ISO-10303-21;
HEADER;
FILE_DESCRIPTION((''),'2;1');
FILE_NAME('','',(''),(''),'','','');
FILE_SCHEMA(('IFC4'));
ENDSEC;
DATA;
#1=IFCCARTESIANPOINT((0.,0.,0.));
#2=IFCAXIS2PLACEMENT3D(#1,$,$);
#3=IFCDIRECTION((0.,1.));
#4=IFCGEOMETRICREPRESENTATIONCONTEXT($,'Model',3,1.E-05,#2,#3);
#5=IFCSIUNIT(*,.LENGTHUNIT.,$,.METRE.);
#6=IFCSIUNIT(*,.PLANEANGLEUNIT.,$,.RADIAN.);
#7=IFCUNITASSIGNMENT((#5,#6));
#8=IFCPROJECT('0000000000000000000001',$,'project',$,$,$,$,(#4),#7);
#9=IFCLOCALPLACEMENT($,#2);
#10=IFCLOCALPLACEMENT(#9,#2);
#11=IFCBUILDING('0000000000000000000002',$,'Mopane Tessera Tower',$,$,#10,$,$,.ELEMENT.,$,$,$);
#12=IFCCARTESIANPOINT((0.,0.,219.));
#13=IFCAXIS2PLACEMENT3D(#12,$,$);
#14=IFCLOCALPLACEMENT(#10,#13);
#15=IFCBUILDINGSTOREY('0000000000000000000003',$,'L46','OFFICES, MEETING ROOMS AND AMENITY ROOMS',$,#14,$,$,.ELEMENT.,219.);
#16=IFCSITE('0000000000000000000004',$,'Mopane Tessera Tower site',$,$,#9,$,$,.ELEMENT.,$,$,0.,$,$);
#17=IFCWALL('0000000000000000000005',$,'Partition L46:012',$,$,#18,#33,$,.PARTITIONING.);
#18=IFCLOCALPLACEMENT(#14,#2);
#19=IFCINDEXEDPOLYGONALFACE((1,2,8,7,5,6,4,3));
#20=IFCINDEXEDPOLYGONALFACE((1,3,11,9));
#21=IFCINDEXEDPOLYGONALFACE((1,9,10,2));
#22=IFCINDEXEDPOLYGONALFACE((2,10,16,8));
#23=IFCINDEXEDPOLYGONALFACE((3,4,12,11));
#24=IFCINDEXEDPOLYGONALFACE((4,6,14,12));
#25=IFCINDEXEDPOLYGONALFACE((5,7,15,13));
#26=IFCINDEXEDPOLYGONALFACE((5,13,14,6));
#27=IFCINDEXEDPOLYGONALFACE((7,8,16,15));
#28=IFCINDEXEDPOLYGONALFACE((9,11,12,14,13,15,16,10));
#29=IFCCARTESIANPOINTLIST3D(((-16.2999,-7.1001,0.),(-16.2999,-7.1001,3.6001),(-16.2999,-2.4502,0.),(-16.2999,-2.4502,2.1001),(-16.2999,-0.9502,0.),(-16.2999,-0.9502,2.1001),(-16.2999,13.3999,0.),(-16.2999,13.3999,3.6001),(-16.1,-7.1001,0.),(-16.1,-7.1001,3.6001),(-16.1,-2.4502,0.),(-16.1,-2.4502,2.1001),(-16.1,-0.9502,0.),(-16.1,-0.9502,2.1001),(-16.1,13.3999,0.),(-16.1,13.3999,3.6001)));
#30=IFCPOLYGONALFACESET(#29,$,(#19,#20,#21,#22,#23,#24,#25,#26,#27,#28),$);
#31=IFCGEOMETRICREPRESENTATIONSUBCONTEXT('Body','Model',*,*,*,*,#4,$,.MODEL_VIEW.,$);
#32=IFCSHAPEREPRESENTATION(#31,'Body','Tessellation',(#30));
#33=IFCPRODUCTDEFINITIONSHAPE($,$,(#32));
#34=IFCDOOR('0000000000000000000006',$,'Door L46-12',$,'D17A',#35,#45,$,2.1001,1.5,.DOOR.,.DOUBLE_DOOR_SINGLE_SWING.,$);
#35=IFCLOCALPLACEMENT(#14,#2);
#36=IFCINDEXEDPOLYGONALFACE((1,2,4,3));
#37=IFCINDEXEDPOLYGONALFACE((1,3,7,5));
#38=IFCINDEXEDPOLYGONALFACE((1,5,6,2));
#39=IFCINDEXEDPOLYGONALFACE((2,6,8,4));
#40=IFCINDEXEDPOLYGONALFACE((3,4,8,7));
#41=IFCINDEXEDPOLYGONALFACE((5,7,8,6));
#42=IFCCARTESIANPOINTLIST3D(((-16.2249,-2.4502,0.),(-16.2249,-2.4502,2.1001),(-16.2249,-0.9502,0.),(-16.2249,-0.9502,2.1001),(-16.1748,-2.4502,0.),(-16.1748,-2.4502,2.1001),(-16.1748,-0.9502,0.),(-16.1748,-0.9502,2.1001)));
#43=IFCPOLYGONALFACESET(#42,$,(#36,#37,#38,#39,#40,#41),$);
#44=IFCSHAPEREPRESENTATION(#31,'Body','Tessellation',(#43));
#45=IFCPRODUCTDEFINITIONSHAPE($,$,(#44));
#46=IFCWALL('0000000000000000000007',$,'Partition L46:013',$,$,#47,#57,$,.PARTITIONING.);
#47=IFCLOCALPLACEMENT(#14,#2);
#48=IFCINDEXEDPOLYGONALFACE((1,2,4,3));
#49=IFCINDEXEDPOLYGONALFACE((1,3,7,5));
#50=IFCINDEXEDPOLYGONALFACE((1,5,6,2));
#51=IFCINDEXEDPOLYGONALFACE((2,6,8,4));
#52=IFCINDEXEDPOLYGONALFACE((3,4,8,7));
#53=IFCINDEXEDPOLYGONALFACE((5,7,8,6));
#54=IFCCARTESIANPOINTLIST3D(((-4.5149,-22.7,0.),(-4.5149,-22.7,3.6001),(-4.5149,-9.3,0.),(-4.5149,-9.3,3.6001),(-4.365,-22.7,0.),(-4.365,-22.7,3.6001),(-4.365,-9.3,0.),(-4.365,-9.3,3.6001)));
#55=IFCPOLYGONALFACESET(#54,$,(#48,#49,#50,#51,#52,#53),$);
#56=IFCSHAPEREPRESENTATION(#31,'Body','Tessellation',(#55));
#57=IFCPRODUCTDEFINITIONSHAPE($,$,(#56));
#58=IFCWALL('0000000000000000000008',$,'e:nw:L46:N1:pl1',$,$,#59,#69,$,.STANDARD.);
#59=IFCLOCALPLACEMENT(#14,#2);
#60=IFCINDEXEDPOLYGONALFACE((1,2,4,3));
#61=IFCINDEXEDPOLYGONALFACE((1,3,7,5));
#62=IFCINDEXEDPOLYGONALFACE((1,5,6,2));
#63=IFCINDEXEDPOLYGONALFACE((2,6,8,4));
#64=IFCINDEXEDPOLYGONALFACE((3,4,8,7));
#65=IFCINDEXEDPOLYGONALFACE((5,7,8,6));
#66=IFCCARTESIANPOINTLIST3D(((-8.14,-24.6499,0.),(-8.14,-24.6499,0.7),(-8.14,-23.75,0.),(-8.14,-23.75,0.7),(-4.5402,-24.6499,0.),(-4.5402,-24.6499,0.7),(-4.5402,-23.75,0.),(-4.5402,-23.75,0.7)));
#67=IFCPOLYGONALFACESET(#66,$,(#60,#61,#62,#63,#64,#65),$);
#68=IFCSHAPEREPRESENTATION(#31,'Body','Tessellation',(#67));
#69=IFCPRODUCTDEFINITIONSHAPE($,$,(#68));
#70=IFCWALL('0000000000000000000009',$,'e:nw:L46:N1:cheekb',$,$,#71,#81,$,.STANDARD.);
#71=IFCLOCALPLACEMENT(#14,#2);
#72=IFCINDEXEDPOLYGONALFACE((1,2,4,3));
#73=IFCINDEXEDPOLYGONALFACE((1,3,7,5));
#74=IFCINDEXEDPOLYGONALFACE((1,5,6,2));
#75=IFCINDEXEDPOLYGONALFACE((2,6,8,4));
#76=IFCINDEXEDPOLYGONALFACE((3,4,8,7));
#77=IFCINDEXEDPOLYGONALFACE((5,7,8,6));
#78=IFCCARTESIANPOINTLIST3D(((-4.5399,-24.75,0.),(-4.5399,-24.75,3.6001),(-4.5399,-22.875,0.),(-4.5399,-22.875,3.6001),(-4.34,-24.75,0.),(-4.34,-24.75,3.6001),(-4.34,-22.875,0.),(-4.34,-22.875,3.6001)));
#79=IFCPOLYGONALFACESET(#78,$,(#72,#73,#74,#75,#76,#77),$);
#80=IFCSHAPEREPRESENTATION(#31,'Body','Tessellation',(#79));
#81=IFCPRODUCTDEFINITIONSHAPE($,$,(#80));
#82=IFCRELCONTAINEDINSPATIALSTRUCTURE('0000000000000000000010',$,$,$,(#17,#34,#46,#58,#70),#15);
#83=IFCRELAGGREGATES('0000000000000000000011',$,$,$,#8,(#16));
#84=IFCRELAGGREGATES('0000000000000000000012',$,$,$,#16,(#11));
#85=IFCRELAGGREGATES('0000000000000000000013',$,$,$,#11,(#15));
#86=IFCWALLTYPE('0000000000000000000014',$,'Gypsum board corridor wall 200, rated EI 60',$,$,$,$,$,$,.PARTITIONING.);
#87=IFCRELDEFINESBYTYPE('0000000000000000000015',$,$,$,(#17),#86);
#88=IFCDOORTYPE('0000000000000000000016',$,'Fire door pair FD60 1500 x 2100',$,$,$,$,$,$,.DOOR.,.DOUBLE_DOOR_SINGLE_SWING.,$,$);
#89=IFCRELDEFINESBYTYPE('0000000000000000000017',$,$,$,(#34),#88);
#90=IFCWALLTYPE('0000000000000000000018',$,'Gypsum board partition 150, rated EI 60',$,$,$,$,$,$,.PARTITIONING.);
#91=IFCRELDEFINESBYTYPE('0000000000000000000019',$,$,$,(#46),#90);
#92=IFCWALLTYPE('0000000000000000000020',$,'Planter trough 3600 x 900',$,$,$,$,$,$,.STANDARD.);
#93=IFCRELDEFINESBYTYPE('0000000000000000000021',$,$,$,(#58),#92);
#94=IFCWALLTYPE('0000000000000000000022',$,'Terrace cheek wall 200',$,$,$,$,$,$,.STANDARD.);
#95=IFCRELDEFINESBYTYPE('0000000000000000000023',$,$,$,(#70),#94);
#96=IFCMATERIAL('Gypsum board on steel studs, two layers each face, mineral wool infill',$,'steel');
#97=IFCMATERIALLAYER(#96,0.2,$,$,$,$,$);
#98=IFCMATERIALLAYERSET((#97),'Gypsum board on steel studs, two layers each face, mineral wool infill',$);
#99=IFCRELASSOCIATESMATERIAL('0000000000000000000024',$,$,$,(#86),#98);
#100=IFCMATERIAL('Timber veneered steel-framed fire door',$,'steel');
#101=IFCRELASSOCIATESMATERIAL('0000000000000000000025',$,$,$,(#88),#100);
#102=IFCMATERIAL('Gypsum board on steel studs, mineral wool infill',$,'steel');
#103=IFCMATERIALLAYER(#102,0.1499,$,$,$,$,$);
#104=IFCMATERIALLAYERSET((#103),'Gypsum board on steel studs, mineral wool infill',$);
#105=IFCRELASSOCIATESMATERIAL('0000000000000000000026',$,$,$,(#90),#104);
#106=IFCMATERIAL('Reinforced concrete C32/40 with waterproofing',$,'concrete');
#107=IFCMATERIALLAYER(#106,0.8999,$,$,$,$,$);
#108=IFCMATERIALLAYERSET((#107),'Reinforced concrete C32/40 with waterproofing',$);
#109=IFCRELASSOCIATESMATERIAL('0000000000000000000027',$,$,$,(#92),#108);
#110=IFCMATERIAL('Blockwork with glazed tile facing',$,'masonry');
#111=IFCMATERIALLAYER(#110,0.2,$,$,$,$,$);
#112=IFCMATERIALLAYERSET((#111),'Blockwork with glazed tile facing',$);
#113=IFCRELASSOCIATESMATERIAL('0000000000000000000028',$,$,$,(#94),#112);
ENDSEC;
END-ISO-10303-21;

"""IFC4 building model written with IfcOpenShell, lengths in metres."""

from ifc_helpers import new_model, si_unit, direction, frame, frame_2d, origin, place, context, subcontext, project, spatial, rectangle, extrude, material, layer, layer_set, type_object, element, fill, save


model = new_model("IFC4")

# Units and contexts
model_context = context("Model", 3, precision=1e-05, world=origin(), true_north=direction((0.0, 1.0)))
body_context = subcontext(model_context, "Body", "Model", "MODEL_VIEW")
ifc_project = project(units=[si_unit("LENGTHUNIT", "METRE"), si_unit("PLANEANGLEUNIT", "RADIAN")], contexts=[model_context])

# Site, building, storey
site_placement = place(None, origin())
site = spatial("IfcSite", under=ifc_project, at=site_placement, Name="Mopane Tessera Tower site", CompositionType="ELEMENT", RefElevation=0.0)
building_placement = place(site_placement, origin())
building = spatial("IfcBuilding", under=site, at=building_placement, Name="Mopane Tessera Tower", CompositionType="ELEMENT")
storey_placement = place(building_placement, frame((0.0, 0.0, 219.0)))
storey = spatial("IfcBuildingStorey", under=building, at=storey_placement, Name="L46", Description="OFFICES, MEETING ROOMS AND AMENITY ROOMS", CompositionType="ELEMENT", Elevation=219.0)

# Wall, opening, door
ifc_material_1 = material(Name="Gypsum board on steel studs, two layers each face, mineral wool infill", Category="steel")
ifc_layer_1 = layer(ifc_material_1, 0.2)
ifc_layer_set_1 = layer_set([ifc_layer_1], Name="Gypsum board on steel studs, two layers each face, mineral wool infill")
wall_type_1 = type_object("IfcWallType", Name="Gypsum board corridor wall 200, rated EI 60", PredefinedType="PARTITIONING", material=ifc_layer_set_1)
wall_1_placement = place(storey_placement, frame((-16.2, -7.1001, 0.0), z_axis=(0.0, 0.0, 1.0), x_axis=(0.0, 1.0, 0.0)))
wall_1 = element("IfcWall", 1, at=wall_1_placement, inside=storey, type_object=wall_type_1, Name="Partition L46:012", PredefinedType="PARTITIONING", context=body_context, shape_type="SweptSolid", body=[
    extrude(rectangle(XDim=20.5, YDim=0.2, at=frame_2d((10.25, 0.0))), origin(), (0.0, 0.0, 1.0), 3.6001),
])
opening_1_placement = place(wall_1_placement, frame((4.6499, 0.0, 0.0)))
opening_1 = element("IfcOpeningElement", 2, at=opening_1_placement, cuts=wall_1, PredefinedType="OPENING", context=body_context, shape_type="SweptSolid", body=[
    extrude(rectangle(XDim=1.5, YDim=2.1001, at=frame_2d((0.75, 1.05))), frame((0.0, 0.1121, 0.0), z_axis=(0.0, -1.0, 0.0), x_axis=(1.0, 0.0, 0.0)), (0.0, 0.0, 1.0), 0.2239),
])
ifc_material_2 = material(Name="Timber veneered steel-framed fire door", Category="steel")
door_type_1 = type_object("IfcDoorType", Name="Fire door pair FD60 1500 x 2100", OperationType="DOUBLE_DOOR_SINGLE_SWING", PredefinedType="DOOR", material=ifc_material_2)
door_1_placement = place(opening_1_placement, origin())
door_1 = element("IfcDoor", 3, at=door_1_placement, inside=storey, type_object=door_type_1, Name="Door L46-12", ObjectType="D17A", OperationType="DOUBLE_DOOR_SINGLE_SWING", OverallHeight=2.1001, OverallWidth=1.5, PredefinedType="DOOR", context=body_context, shape_type="SweptSolid", body=[
    extrude(rectangle(XDim=1.5, YDim=2.1001, at=frame_2d((0.75, 1.05))), frame((0.0, 0.0249, 0.0), z_axis=(0.0, -1.0, 0.0), x_axis=(1.0, 0.0, 0.0)), (0.0, 0.0, 1.0), 0.05),
])
fill(opening_1, door_1)

# Walls
ifc_material_3 = material(Name="Gypsum board on steel studs, mineral wool infill", Category="steel")
ifc_layer_2 = layer(ifc_material_3, 0.1499)
ifc_layer_set_2 = layer_set([ifc_layer_2], Name="Gypsum board on steel studs, mineral wool infill")
wall_type_2 = type_object("IfcWallType", Name="Gypsum board partition 150, rated EI 60", PredefinedType="PARTITIONING", material=ifc_layer_set_2)
wall_2_placement = place(storey_placement, frame((-4.4399, -22.7, 0.0), z_axis=(0.0, 0.0, 1.0), x_axis=(0.0, 1.0, 0.0)))
element("IfcWall", 4, at=wall_2_placement, inside=storey, type_object=wall_type_2, Name="Partition L46:013", PredefinedType="PARTITIONING", context=body_context, shape_type="SweptSolid", body=[
    extrude(rectangle(XDim=13.3999, YDim=0.1499, at=frame_2d((6.7, 0.0))), origin(), (0.0, 0.0, 1.0), 3.6001),
])
ifc_material_4 = material(Name="Reinforced concrete C32/40 with waterproofing", Category="concrete")
ifc_layer_3 = layer(ifc_material_4, 0.8999)
ifc_layer_set_3 = layer_set([ifc_layer_3], Name="Reinforced concrete C32/40 with waterproofing")
wall_type_3 = type_object("IfcWallType", Name="Planter trough 3600 x 900", PredefinedType="STANDARD", material=ifc_layer_set_3)
wall_3_placement = place(storey_placement, frame((-8.1399, -24.2, 0.0), z_axis=(0.0, 0.0, 1.0), x_axis=(1.0, 0.0, 0.0)))
element("IfcWall", 5, at=wall_3_placement, inside=storey, type_object=wall_type_3, Name="e:nw:L46:N1:pl1", PredefinedType="STANDARD", context=body_context, shape_type="SweptSolid", body=[
    extrude(rectangle(XDim=3.5999, YDim=0.8999, at=frame_2d((1.7998, 0.0))), origin(), (0.0, 0.0, 1.0), 0.7),
])
ifc_material_5 = material(Name="Blockwork with glazed tile facing", Category="masonry")
ifc_layer_4 = layer(ifc_material_5, 0.2)
ifc_layer_set_4 = layer_set([ifc_layer_4], Name="Blockwork with glazed tile facing")
wall_type_4 = type_object("IfcWallType", Name="Terrace cheek wall 200", PredefinedType="STANDARD", material=ifc_layer_set_4)
wall_4_placement = place(storey_placement, frame((-4.4399, -24.75, 0.0), z_axis=(0.0, 0.0, 1.0), x_axis=(0.0, 1.0, 0.0)))
element("IfcWall", 6, at=wall_4_placement, inside=storey, type_object=wall_type_4, Name="e:nw:L46:N1:cheekb", PredefinedType="STANDARD", context=body_context, shape_type="SweptSolid", body=[
    extrude(rectangle(XDim=1.875, YDim=0.2, at=frame_2d((0.9375, 0.0))), origin(), (0.0, 0.0, 1.0), 3.6001),
])

save(model, "model.ifc")
